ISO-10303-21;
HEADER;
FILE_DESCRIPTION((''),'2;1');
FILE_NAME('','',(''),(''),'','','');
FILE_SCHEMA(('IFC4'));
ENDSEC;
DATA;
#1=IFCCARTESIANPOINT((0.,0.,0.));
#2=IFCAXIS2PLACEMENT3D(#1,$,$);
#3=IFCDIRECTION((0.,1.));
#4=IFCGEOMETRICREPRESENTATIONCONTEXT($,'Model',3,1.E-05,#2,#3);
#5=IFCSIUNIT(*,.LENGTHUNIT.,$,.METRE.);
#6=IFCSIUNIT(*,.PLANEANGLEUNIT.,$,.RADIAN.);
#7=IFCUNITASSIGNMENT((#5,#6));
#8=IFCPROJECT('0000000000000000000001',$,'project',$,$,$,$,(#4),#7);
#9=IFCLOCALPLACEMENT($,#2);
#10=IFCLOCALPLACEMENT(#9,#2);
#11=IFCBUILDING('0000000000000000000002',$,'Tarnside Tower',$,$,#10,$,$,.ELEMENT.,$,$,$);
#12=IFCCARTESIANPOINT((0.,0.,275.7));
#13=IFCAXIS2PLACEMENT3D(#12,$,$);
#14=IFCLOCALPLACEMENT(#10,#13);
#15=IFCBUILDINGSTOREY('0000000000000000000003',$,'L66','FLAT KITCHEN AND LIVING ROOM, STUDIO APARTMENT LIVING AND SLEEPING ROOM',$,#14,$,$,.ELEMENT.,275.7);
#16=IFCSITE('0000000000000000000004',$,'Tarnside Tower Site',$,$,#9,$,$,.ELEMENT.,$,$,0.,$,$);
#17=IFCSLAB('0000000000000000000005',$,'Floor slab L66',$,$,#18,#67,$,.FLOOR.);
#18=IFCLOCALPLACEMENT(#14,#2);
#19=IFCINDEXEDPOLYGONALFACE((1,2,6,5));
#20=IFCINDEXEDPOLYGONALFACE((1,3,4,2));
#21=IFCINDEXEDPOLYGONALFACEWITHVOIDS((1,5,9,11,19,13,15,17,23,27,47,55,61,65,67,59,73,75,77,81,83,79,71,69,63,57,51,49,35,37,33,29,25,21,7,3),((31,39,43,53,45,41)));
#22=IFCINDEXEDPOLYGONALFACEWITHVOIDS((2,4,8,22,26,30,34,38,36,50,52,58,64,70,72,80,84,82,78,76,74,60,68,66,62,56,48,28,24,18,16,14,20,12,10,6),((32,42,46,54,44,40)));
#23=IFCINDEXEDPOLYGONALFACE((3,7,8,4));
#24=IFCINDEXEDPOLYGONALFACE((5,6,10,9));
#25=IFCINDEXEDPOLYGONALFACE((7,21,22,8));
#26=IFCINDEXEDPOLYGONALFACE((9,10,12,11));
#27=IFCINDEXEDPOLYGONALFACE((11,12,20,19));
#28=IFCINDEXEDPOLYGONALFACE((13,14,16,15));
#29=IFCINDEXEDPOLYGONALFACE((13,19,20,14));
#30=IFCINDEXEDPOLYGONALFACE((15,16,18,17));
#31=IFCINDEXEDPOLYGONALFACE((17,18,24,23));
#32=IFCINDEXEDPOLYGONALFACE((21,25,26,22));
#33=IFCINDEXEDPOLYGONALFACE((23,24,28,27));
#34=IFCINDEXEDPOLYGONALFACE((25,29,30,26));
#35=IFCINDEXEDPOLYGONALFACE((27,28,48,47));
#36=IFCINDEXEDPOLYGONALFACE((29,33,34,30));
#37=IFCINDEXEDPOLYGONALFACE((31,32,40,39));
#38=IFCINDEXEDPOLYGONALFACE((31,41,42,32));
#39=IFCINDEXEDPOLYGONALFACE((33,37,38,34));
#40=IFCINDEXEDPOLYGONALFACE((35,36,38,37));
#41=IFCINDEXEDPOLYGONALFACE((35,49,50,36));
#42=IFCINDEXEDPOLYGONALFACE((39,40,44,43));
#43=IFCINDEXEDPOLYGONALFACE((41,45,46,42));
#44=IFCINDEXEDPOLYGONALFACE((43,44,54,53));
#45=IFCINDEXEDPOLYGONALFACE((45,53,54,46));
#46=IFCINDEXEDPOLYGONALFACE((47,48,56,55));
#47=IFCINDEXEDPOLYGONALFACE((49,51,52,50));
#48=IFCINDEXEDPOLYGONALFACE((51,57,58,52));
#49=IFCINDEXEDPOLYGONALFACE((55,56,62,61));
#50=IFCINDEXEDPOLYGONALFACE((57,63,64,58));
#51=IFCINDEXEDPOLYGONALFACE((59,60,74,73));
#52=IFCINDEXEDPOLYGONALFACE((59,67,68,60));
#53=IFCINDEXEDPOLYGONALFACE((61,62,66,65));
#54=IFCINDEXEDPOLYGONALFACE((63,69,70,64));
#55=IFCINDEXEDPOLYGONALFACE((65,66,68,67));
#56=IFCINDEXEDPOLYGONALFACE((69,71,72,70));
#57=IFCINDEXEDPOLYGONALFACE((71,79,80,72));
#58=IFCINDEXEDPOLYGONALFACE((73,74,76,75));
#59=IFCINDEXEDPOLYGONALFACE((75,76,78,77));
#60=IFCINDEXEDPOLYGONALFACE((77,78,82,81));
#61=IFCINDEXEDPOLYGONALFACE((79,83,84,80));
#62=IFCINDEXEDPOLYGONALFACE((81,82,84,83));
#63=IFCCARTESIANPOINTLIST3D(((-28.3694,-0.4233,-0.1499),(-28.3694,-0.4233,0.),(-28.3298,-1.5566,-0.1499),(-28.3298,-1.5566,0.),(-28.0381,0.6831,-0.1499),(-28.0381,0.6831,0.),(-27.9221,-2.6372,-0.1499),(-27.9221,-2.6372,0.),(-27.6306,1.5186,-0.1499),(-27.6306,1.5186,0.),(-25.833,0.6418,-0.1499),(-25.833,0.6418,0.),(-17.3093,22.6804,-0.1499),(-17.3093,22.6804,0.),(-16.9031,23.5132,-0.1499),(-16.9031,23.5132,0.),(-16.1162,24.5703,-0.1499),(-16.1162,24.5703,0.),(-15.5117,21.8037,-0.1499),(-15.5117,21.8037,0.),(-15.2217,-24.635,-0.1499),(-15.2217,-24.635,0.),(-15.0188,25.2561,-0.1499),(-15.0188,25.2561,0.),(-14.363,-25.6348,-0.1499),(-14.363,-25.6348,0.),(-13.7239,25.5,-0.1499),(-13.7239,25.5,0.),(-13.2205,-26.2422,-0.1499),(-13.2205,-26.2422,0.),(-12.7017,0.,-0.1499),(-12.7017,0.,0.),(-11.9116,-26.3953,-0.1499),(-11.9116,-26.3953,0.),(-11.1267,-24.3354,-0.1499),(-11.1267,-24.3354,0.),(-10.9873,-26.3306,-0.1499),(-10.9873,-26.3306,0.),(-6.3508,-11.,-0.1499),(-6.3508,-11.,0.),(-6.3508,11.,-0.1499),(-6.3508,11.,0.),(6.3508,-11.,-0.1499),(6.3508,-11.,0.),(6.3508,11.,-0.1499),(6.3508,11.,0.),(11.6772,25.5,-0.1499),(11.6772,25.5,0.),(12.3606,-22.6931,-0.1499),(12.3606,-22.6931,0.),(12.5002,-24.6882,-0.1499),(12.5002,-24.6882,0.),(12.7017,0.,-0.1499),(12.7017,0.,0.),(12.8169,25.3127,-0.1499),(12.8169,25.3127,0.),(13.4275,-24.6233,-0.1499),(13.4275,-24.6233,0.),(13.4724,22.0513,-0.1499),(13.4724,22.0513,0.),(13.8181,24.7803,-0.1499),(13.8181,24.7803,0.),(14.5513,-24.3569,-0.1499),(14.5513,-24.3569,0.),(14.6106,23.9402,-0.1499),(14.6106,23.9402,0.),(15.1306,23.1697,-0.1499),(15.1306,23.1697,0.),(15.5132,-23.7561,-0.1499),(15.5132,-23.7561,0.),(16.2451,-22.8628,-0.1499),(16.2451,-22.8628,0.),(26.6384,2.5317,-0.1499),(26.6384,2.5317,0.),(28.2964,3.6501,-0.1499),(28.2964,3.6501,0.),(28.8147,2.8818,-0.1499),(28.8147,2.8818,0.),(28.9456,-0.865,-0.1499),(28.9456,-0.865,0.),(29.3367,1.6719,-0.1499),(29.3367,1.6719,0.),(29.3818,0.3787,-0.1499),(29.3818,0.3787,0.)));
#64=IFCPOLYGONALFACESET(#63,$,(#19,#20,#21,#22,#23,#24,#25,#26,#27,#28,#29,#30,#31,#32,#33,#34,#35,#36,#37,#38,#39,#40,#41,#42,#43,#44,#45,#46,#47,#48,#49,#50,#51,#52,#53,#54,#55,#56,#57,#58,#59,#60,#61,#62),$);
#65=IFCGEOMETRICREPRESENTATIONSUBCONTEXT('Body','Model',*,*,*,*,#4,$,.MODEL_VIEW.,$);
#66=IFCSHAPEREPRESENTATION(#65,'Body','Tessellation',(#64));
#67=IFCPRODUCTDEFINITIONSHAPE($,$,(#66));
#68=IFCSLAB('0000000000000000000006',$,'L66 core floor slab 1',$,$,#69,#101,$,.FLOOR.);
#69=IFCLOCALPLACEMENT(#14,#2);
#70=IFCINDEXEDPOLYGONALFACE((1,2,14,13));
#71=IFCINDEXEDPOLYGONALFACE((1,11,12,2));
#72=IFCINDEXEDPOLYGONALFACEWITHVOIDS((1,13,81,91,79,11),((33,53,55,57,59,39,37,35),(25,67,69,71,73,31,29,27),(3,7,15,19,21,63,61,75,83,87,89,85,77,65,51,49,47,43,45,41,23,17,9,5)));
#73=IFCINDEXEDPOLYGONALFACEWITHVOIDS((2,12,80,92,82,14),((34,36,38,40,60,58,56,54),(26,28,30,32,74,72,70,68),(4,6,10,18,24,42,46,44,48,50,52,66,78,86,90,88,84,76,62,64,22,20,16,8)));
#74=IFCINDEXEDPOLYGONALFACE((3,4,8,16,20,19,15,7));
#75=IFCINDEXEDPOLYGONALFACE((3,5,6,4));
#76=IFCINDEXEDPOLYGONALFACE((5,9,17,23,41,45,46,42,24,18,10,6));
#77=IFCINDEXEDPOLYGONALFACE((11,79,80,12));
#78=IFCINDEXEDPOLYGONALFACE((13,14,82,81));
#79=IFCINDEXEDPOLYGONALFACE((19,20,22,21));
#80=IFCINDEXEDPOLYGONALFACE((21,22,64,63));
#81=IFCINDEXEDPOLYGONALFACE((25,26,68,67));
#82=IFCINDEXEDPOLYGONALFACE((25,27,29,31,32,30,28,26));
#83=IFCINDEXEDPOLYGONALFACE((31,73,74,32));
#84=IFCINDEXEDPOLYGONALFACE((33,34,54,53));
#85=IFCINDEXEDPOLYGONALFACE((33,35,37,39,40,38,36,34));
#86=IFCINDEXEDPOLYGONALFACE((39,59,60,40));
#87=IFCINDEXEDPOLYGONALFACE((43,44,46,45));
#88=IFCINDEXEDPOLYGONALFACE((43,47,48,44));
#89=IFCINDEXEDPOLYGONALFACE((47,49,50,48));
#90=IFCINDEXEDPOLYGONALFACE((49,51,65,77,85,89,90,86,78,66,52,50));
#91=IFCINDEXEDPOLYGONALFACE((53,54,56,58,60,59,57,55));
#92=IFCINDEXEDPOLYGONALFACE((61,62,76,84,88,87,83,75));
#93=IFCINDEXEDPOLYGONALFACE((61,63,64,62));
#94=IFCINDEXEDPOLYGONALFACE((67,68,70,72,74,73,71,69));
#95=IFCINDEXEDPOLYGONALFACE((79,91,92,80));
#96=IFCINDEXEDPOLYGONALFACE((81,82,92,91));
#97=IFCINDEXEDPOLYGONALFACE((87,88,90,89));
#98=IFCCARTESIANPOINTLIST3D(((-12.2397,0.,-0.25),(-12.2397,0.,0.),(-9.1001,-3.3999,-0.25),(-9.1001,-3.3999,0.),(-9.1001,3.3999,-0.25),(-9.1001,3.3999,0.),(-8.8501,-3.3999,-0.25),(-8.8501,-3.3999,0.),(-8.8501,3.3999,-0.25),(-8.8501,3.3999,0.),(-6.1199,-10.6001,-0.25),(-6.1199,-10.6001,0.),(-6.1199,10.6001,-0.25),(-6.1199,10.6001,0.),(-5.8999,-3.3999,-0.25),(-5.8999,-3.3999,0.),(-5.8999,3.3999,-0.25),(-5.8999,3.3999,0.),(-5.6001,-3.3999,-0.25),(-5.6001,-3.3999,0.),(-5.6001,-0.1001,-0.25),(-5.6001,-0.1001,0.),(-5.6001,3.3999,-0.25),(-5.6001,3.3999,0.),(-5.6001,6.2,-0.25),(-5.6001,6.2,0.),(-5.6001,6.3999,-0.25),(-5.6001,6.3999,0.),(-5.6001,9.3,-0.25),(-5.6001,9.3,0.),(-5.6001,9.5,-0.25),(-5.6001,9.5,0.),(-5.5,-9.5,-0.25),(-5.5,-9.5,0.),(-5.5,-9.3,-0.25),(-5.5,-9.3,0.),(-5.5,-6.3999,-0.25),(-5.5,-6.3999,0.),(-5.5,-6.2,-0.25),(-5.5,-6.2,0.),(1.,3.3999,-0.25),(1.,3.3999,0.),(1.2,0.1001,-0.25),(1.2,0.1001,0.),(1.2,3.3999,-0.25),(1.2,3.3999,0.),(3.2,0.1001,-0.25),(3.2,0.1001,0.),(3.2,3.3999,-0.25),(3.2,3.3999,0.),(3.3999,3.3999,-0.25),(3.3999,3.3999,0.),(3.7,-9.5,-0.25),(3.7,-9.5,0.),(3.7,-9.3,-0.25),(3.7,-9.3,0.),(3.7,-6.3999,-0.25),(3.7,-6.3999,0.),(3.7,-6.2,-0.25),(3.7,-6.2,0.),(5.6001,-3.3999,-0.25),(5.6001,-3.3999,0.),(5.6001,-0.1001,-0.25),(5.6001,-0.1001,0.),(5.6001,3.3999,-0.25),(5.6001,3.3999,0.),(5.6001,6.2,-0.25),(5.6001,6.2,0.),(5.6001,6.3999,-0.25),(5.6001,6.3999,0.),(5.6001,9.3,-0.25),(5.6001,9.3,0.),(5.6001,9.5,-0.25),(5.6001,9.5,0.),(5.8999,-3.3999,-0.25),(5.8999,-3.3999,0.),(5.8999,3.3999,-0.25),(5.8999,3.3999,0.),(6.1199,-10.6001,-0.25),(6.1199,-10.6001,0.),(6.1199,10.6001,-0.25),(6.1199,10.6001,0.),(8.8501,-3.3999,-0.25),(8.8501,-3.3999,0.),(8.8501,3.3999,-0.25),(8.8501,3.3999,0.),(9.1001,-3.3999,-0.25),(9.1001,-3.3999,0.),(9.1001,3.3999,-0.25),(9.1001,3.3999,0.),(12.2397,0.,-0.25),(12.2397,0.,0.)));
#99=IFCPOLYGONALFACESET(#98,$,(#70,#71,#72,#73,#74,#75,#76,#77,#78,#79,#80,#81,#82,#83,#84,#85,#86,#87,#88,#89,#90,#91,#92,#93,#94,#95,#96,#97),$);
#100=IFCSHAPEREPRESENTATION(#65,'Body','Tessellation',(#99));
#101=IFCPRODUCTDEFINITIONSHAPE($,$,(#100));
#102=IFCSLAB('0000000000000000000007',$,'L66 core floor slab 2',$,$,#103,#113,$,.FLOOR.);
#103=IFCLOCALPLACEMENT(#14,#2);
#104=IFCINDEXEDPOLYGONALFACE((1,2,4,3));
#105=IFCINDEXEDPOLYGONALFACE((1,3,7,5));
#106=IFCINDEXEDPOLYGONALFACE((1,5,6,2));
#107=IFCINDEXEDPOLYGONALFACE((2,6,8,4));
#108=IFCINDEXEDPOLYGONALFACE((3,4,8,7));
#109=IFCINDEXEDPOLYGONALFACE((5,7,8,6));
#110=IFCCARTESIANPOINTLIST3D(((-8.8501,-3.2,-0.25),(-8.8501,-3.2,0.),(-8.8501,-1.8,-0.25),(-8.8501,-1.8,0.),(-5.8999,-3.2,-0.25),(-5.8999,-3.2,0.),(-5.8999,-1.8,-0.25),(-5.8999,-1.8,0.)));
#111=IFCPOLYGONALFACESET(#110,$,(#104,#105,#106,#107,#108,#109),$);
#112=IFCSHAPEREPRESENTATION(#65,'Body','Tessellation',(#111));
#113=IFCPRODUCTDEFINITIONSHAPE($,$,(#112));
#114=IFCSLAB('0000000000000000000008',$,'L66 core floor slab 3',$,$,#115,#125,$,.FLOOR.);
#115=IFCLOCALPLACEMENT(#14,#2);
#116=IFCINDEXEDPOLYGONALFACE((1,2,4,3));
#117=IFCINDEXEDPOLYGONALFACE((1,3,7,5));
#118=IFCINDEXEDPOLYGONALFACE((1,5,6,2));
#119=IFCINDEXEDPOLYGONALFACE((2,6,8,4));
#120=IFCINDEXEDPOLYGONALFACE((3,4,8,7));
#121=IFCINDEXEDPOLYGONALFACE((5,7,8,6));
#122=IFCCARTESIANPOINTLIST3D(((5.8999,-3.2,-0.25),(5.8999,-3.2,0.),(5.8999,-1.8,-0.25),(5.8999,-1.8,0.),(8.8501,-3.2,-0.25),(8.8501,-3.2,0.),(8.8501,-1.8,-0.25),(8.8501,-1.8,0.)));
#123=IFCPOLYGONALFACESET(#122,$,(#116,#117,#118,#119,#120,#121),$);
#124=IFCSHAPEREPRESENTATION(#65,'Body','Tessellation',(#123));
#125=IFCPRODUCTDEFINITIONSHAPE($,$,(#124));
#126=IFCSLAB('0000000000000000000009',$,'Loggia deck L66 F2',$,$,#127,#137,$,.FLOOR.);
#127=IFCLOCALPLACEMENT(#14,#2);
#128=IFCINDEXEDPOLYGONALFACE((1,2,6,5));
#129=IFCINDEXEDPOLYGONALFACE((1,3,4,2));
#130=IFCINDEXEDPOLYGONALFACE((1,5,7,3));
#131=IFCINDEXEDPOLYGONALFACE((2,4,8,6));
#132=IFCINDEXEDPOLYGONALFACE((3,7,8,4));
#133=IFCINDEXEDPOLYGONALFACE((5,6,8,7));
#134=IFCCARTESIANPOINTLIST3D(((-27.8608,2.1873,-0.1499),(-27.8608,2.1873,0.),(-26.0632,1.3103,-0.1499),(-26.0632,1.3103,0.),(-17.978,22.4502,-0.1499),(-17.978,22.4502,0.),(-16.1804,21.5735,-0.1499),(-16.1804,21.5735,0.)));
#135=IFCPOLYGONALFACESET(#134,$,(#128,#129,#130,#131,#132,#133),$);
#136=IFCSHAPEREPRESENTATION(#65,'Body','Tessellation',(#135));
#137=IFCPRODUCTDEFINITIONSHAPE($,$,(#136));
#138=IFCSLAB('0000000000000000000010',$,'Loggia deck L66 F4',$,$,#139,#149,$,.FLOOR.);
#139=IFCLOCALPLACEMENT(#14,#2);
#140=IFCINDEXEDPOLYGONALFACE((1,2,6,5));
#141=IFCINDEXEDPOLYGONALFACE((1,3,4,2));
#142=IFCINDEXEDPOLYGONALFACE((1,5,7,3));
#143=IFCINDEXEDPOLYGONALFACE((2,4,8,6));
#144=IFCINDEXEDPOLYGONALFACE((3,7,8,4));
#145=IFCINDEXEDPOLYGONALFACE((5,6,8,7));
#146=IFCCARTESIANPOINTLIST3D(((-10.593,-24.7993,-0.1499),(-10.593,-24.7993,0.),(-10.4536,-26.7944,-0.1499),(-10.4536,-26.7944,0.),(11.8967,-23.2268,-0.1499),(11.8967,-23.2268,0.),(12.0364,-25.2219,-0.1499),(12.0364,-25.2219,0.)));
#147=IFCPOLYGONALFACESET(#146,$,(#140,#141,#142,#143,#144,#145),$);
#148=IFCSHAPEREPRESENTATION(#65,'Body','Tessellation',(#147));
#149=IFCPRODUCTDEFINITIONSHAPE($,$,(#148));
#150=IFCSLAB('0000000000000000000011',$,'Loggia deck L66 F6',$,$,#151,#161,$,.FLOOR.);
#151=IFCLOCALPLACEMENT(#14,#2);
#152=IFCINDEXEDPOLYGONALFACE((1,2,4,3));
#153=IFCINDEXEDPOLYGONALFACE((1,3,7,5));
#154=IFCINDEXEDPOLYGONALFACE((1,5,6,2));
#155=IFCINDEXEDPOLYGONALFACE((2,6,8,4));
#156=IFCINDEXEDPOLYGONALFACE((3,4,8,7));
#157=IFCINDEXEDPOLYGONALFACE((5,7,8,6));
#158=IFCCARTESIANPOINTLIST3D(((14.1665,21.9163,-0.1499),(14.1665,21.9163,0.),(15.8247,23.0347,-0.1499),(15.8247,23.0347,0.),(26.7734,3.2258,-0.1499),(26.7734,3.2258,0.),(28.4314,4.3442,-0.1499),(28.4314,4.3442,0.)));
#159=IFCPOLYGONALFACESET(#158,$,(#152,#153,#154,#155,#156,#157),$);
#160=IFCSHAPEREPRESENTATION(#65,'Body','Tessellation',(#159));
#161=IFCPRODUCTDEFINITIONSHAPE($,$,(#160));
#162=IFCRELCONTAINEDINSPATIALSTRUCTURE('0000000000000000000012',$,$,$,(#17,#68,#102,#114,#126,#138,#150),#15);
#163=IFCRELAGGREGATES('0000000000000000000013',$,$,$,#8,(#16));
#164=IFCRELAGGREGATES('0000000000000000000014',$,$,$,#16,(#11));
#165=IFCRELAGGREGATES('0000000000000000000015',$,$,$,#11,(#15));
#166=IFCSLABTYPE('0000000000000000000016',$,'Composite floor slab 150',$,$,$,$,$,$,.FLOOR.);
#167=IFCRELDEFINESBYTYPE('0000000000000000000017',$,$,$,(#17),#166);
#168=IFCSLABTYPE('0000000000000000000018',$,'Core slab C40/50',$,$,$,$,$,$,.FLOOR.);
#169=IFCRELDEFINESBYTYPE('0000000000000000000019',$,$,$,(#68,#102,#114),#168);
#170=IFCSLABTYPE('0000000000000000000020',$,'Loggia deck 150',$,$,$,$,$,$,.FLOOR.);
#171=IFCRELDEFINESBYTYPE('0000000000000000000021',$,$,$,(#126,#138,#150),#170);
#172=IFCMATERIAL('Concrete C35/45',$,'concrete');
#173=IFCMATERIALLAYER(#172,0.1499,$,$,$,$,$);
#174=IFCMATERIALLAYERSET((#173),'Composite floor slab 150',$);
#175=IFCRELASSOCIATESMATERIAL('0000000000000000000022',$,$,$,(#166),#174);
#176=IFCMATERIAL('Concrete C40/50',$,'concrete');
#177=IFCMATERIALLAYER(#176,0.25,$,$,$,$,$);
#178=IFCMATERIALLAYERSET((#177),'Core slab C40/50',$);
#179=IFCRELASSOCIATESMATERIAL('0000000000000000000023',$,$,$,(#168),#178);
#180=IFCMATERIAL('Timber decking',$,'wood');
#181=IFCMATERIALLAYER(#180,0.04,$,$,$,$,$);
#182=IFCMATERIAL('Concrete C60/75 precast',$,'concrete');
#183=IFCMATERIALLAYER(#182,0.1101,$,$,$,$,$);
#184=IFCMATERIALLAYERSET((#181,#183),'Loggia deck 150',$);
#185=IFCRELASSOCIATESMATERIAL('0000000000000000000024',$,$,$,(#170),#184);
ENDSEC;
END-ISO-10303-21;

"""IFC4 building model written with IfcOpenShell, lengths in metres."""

from ifc_helpers import new_model, si_unit, direction, frame, origin, place, context, subcontext, project, spatial, polyline, outline, extrude, material, layer, layer_set, type_object, element, save


model = new_model("IFC4")

# Units and contexts
model_context = context("Model", 3, precision=1e-05, world=origin(), true_north=direction((0.0, 1.0)))
body_context = subcontext(model_context, "Body", "Model", "MODEL_VIEW")
ifc_project = project(units=[si_unit("LENGTHUNIT", "METRE"), si_unit("PLANEANGLEUNIT", "RADIAN")], contexts=[model_context])

# Site, building, storey
site_placement = place(None, origin())
site = spatial("IfcSite", under=ifc_project, at=site_placement, Name="Tarnside Tower Site", CompositionType="ELEMENT", RefElevation=0.0)
building_placement = place(site_placement, origin())
building = spatial("IfcBuilding", under=site, at=building_placement, Name="Tarnside Tower", CompositionType="ELEMENT")
storey_placement = place(building_placement, frame((0.0, 0.0, 275.7)))
storey = spatial("IfcBuildingStorey", under=building, at=storey_placement, Name="L66", Description="FLAT KITCHEN AND LIVING ROOM, STUDIO APARTMENT LIVING AND SLEEPING ROOM", CompositionType="ELEMENT", Elevation=275.7)

# Slabs
ifc_material_1 = material(Name="Concrete C35/45", Category="concrete")
ifc_layer_1 = layer(ifc_material_1, 0.1499)
ifc_layer_set_1 = layer_set([ifc_layer_1], Name="Composite floor slab 150")
slab_type_1 = type_object("IfcSlabType", Name="Composite floor slab 150", PredefinedType="FLOOR", material=ifc_layer_set_1)
slab_1_placement = place(storey_placement, frame((0.0, 0.0, -0.1499)))
element("IfcSlab", 1, at=slab_1_placement, inside=storey, type_object=slab_type_1, Name="Floor slab L66", PredefinedType="FLOOR", context=body_context, shape_type="SweptSolid", body=[
    extrude(outline(polyline([(12.8169, 25.3127), (13.8181, 24.7803), (14.6106, 23.9402), (15.1306, 23.1697), (13.4724, 22.0513), (26.6384, 2.5317), (28.2964, 3.6501), (28.8147, 2.8818), (29.3367, 1.6719), (29.3818, 0.3787), (28.9456, -0.865), (16.2451, -22.8628), (15.5132, -23.7561), (14.5513, -24.3569), (13.4275, -24.6233), (12.5002, -24.6882), (12.3606, -22.6931), (-11.1267, -24.3354), (-10.9873, -26.3306), (-11.9116, -26.3953), (-13.2205, -26.2422), (-14.363, -25.6348), (-15.2217, -24.635), (-27.9221, -2.6372), (-28.3298, -1.5566), (-28.3694, -0.4233), (-28.0381, 0.6831), (-27.6306, 1.5186), (-25.833, 0.6418), (-15.5117, 21.8037), (-17.3093, 22.6804), (-16.9031, 23.5132), (-16.1162, 24.5703), (-15.0188, 25.2561), (-13.7239, 25.5), (11.6772, 25.5), (12.8169, 25.3127)]), holes=[polyline([(-12.7017, 0.0), (-6.3508, -11.0), (6.3508, -11.0), (12.7017, 0.0), (6.3508, 11.0), (-6.3508, 11.0), (-12.7017, 0.0)])]), origin(), (0.0, 0.0, 1.0), 0.1499),
])
ifc_material_2 = material(Name="Concrete C40/50", Category="concrete")
ifc_layer_2 = layer(ifc_material_2, 0.25)
ifc_layer_set_2 = layer_set([ifc_layer_2], Name="Core slab C40/50")
slab_type_2 = type_object("IfcSlabType", Name="Core slab C40/50", PredefinedType="FLOOR", material=ifc_layer_set_2)
slab_2_placement = place(storey_placement, frame((0.0, 0.0, -0.25)))
element("IfcSlab", 2, at=slab_2_placement, inside=storey, type_object=slab_type_2, Name="L66 core floor slab 1", PredefinedType="FLOOR", context=body_context, shape_type="SweptSolid", body=[
    extrude(outline(polyline([(6.1199, 10.6001), (12.2397, 0.0), (6.1199, -10.6001), (-6.1199, -10.6001), (-12.2397, 0.0), (-6.1199, 10.6001), (6.1199, 10.6001)]), holes=[polyline([(-5.5, -9.5), (3.7, -9.5), (3.7, -9.3), (3.7, -6.3999), (3.7, -6.2), (-5.5, -6.2), (-5.5, -6.3999), (-5.5, -9.3), (-5.5, -9.5)]), polyline([(-5.6001, -3.3999), (-5.6001, -0.1001), (5.6001, -0.1001), (5.6001, -3.3999), (5.8999, -3.3999), (8.8501, -3.3999), (9.1001, -3.3999), (9.1001, 3.3999), (8.8501, 3.3999), (5.8999, 3.3999), (5.6001, 3.3999), (3.3999, 3.3999), (3.2, 3.3999), (3.2, 0.1001), (1.2, 0.1001), (1.2, 3.3999), (1.0, 3.3999), (-5.6001, 3.3999), (-5.8999, 3.3999), (-8.8501, 3.3999), (-9.1001, 3.3999), (-9.1001, -3.3999), (-8.8501, -3.3999), (-5.8999, -3.3999), (-5.6001, -3.3999)]), polyline([(-5.6001, 6.2), (5.6001, 6.2), (5.6001, 6.3999), (5.6001, 9.3), (5.6001, 9.5), (-5.6001, 9.5), (-5.6001, 9.3), (-5.6001, 6.3999), (-5.6001, 6.2)])]), origin(), (0.0, 0.0, 1.0), 0.25),
])
slab_3_placement = place(storey_placement, frame((0.0, 0.0, -0.25)))
element("IfcSlab", 3, at=slab_3_placement, inside=storey, type_object=slab_type_2, Name="L66 core floor slab 2", PredefinedType="FLOOR", context=body_context, shape_type="SweptSolid", body=[
    extrude(outline(polyline([(-8.8501, -3.2), (-8.8501, -1.8), (-5.8999, -1.8), (-5.8999, -3.2), (-8.8501, -3.2)])), origin(), (0.0, 0.0, 1.0), 0.25),
])
slab_4_placement = place(storey_placement, frame((0.0, 0.0, -0.25)))
element("IfcSlab", 4, at=slab_4_placement, inside=storey, type_object=slab_type_2, Name="L66 core floor slab 3", PredefinedType="FLOOR", context=body_context, shape_type="SweptSolid", body=[
    extrude(outline(polyline([(5.8999, -1.8), (8.8501, -1.8), (8.8501, -3.2), (5.8999, -3.2), (5.8999, -1.8)])), origin(), (0.0, 0.0, 1.0), 0.25),
])
ifc_material_3 = material(Name="Timber decking", Category="wood")
ifc_layer_3 = layer(ifc_material_3, 0.04)
ifc_material_4 = material(Name="Concrete C60/75 precast", Category="concrete")
ifc_layer_4 = layer(ifc_material_4, 0.1101)
ifc_layer_set_3 = layer_set([ifc_layer_3, ifc_layer_4], Name="Loggia deck 150")
slab_type_3 = type_object("IfcSlabType", Name="Loggia deck 150", PredefinedType="FLOOR", material=ifc_layer_set_3)
slab_5_placement = place(storey_placement, frame((0.0, 0.0, -0.1499)))
element("IfcSlab", 5, at=slab_5_placement, inside=storey, type_object=slab_type_3, Name="Loggia deck L66 F2", PredefinedType="FLOOR", context=body_context, shape_type="SweptSolid", body=[
    extrude(outline(polyline([(-16.1804, 21.5735), (-26.0632, 1.3103), (-27.8608, 2.1873), (-17.978, 22.4502), (-16.1804, 21.5735)])), origin(), (0.0, 0.0, 1.0), 0.1499),
])
slab_6_placement = place(storey_placement, frame((0.0, 0.0, -0.1499)))
element("IfcSlab", 6, at=slab_6_placement, inside=storey, type_object=slab_type_3, Name="Loggia deck L66 F4", PredefinedType="FLOOR", context=body_context, shape_type="SweptSolid", body=[
    extrude(outline(polyline([(-10.593, -24.7993), (11.8967, -23.2268), (12.0364, -25.2219), (-10.4536, -26.7944), (-10.593, -24.7993)])), origin(), (0.0, 0.0, 1.0), 0.1499),
])
slab_7_placement = place(storey_placement, frame((0.0, 0.0, -0.1499)))
element("IfcSlab", 7, at=slab_7_placement, inside=storey, type_object=slab_type_3, Name="Loggia deck L66 F6", PredefinedType="FLOOR", context=body_context, shape_type="SweptSolid", body=[
    extrude(outline(polyline([(26.7734, 3.2258), (14.1665, 21.9163), (15.8247, 23.0347), (28.4314, 4.3442), (26.7734, 3.2258)])), origin(), (0.0, 0.0, 1.0), 0.1499),
])

save(model, "model.ifc")
